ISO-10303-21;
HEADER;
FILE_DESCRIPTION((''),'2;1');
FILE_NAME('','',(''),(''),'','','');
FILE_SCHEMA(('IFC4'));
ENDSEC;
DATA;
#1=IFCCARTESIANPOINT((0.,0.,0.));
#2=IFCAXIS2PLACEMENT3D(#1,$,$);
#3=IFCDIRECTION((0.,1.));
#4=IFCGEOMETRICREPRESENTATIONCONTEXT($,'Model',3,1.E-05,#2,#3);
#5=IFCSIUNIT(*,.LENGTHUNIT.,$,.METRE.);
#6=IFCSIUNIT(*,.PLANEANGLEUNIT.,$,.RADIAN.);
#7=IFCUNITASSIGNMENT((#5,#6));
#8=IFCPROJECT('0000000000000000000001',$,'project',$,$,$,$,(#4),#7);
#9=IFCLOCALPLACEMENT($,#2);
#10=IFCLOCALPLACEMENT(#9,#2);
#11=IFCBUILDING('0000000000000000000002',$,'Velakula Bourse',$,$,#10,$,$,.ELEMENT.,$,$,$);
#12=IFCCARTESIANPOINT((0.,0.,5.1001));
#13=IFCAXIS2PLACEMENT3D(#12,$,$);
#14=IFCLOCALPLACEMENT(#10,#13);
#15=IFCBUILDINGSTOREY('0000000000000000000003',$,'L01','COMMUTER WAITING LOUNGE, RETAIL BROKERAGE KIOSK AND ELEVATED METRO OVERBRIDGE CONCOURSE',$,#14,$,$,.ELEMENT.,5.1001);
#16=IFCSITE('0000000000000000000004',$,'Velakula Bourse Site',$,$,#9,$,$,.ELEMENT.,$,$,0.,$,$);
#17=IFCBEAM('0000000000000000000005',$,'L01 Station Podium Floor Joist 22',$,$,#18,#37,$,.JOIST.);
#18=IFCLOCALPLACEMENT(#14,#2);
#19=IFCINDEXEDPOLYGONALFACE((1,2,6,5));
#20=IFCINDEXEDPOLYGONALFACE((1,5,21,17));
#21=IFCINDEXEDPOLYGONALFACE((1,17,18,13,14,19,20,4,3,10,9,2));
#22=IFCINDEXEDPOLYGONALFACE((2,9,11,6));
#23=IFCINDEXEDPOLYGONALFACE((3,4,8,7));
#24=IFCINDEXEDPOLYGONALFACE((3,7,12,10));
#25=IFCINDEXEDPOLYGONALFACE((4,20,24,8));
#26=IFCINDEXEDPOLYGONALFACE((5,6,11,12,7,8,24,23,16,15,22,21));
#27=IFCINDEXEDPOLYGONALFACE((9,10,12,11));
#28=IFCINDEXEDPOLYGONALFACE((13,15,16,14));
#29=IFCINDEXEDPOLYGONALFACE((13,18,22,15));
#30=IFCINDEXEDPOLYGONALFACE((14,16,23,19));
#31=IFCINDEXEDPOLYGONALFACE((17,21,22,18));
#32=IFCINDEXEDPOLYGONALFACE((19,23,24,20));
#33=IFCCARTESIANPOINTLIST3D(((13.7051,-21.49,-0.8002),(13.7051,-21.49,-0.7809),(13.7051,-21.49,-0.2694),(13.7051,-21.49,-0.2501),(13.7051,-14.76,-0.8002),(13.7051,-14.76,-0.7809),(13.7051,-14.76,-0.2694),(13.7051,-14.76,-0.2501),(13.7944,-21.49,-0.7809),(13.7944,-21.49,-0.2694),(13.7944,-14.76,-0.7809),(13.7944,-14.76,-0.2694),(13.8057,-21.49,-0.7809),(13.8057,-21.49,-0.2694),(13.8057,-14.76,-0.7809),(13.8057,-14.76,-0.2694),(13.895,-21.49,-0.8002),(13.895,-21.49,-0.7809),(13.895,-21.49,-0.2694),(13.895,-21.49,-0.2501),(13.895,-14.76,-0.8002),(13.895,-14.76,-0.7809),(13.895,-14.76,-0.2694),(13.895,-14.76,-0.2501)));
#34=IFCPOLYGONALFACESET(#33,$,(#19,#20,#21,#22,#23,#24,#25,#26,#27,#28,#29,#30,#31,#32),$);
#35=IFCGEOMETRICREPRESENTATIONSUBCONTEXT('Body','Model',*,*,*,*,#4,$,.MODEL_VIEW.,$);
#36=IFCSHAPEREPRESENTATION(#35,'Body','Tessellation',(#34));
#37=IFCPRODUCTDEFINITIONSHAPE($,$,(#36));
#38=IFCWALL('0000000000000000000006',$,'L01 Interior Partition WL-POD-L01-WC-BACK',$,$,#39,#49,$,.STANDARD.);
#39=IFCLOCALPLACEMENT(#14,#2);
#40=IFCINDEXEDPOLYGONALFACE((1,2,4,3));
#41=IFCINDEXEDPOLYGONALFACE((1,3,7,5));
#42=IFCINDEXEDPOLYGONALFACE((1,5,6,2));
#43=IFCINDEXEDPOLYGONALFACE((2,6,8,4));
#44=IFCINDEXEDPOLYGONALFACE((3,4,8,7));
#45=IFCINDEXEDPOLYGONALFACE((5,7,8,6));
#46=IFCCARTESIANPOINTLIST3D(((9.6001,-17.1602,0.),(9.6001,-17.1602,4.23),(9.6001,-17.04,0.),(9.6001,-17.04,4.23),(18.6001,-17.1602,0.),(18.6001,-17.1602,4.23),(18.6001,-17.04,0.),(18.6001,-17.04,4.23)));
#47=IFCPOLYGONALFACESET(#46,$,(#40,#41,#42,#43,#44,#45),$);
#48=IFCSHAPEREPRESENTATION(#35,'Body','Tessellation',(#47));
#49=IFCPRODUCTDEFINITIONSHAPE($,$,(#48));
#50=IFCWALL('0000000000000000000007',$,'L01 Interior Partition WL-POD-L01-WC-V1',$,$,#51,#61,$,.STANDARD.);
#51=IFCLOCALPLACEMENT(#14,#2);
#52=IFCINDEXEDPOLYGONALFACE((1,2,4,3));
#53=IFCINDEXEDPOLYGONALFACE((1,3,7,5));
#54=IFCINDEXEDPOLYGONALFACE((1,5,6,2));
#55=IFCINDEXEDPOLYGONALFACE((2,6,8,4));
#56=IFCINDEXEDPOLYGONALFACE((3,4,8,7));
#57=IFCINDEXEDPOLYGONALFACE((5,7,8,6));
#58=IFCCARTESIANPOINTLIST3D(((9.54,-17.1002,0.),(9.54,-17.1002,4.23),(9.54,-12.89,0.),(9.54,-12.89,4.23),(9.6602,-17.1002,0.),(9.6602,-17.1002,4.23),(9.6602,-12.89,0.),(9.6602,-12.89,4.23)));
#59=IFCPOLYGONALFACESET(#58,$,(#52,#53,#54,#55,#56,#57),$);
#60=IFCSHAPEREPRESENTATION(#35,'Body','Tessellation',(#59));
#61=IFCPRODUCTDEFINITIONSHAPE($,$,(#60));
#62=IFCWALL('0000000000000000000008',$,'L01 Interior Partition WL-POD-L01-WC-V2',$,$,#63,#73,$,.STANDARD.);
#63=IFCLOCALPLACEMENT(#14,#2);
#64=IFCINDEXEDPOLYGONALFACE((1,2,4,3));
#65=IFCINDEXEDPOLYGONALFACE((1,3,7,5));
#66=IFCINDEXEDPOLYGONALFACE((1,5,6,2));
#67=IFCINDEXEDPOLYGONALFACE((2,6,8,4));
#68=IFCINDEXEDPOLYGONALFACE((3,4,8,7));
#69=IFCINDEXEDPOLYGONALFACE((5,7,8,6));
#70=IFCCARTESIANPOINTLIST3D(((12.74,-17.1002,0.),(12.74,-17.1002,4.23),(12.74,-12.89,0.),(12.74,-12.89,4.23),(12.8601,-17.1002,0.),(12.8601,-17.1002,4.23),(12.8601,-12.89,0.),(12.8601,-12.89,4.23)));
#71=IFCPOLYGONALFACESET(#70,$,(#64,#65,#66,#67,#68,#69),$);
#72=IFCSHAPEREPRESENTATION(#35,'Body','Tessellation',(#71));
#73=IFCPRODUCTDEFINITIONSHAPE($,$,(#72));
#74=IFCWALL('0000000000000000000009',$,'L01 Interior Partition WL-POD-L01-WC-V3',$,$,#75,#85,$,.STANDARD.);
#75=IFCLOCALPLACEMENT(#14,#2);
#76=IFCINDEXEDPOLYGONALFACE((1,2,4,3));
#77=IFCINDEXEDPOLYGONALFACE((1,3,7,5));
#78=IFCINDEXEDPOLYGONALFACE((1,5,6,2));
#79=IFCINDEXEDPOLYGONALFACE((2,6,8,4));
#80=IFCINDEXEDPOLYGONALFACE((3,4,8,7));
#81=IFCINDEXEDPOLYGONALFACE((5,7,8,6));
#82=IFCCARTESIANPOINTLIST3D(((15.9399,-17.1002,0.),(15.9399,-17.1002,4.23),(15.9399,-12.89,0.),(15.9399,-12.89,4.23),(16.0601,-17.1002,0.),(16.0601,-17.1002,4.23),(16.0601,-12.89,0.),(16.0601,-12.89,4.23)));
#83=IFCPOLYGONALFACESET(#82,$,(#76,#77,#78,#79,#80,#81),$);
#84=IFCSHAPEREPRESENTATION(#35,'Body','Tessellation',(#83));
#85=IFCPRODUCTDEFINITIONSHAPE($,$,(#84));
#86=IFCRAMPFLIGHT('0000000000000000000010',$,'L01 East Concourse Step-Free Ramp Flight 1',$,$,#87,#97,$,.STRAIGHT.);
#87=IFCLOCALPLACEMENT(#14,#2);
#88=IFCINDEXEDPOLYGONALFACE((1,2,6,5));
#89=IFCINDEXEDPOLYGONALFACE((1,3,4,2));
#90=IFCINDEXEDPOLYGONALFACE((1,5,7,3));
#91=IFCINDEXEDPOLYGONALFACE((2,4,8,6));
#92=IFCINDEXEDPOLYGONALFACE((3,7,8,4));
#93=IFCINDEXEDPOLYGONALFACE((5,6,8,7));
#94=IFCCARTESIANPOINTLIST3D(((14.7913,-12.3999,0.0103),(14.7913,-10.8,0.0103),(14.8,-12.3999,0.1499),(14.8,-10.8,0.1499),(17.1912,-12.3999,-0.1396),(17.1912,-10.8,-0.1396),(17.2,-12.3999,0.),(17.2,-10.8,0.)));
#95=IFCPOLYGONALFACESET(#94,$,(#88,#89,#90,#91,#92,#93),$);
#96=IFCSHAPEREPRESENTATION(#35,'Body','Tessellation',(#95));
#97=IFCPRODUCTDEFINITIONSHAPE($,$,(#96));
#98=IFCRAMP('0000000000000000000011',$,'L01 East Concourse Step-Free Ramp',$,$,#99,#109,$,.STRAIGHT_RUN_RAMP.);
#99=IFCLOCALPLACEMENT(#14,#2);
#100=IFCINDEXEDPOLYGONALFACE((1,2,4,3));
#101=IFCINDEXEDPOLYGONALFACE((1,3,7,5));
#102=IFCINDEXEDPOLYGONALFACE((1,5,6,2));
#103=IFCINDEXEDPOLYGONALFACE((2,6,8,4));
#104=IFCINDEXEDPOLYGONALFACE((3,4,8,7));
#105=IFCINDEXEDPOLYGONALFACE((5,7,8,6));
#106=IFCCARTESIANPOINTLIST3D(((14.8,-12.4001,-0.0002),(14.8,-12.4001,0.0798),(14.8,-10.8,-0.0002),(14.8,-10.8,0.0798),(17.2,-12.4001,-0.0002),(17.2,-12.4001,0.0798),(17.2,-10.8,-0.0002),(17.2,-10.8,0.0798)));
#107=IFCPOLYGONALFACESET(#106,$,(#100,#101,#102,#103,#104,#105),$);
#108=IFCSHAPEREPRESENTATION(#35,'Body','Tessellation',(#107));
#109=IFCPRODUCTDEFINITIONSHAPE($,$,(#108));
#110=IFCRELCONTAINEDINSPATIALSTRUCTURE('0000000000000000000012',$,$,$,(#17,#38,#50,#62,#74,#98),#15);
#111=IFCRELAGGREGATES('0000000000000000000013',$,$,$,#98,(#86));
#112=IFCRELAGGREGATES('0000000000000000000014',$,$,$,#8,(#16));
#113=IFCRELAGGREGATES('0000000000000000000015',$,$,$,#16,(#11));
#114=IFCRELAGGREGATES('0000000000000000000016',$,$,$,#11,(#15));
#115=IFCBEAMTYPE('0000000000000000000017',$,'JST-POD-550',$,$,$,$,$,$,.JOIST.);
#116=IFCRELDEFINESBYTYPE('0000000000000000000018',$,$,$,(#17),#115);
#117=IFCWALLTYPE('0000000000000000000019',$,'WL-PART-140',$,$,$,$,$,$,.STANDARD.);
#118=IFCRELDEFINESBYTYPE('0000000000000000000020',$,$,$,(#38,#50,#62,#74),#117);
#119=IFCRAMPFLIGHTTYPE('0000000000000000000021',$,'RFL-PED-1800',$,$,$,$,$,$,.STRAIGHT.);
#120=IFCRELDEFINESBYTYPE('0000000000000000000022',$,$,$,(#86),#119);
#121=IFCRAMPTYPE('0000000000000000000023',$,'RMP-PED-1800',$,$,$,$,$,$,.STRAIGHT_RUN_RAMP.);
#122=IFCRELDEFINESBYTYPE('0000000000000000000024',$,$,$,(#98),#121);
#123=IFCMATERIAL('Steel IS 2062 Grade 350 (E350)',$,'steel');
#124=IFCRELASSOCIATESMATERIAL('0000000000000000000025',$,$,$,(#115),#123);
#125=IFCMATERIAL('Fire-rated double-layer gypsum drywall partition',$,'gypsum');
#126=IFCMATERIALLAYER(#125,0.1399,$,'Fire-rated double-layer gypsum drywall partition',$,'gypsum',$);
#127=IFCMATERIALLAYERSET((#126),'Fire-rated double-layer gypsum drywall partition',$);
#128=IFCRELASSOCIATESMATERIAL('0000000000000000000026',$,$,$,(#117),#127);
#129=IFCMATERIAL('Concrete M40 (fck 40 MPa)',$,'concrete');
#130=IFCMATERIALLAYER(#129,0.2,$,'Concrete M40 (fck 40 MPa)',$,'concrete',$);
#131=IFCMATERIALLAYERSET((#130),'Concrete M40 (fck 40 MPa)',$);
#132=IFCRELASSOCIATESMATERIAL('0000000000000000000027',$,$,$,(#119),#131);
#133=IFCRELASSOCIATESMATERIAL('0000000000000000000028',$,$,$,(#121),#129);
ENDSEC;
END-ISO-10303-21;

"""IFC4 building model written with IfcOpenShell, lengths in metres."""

from ifc_helpers import new_model, si_unit, direction, frame, frame_2d, origin, origin_2d, place, context, subcontext, project, spatial, polyline, rectangle, i_section, outline, extrude, material, layer, layer_set, material_profile, profile_set, type_object, element, aggregate, save


model = new_model("IFC4")

# Units and contexts
model_context = context("Model", 3, precision=1e-05, world=origin(), true_north=direction((0.0, 1.0)))
body_context = subcontext(model_context, "Body", "Model", "MODEL_VIEW")
ifc_project = project(units=[si_unit("LENGTHUNIT", "METRE"), si_unit("PLANEANGLEUNIT", "RADIAN")], contexts=[model_context])

# Site, building, storey
site_placement = place(None, origin())
site = spatial("IfcSite", under=ifc_project, at=site_placement, Name="Velakula Bourse Site", CompositionType="ELEMENT", RefElevation=0.0)
building_placement = place(site_placement, origin())
building = spatial("IfcBuilding", under=site, at=building_placement, Name="Velakula Bourse", CompositionType="ELEMENT")
storey_placement = place(building_placement, frame((0.0, 0.0, 5.1001)))
storey = spatial("IfcBuildingStorey", under=building, at=storey_placement, Name="L01", Description="COMMUTER WAITING LOUNGE, RETAIL BROKERAGE KIOSK AND ELEVATED METRO OVERBRIDGE CONCOURSE", CompositionType="ELEMENT", Elevation=5.1001)

# Beam
ifc_material_1 = material(Name="Steel IS 2062 Grade 350 (E350)", Category="steel")
ifc_material_profile_1 = material_profile(ifc_material_1, i_section(OverallWidth=0.1899, OverallDepth=0.55, WebThickness=0.0112, FlangeThickness=0.0193, at=origin_2d()), Name="Steel IS 2062 Grade 350 (E350)")
ifc_profile_set_1 = profile_set([ifc_material_profile_1], Name="Steel IS 2062 Grade 350 (E350)")
beam_type_1 = type_object("IfcBeamType", Name="JST-POD-550", PredefinedType="JOIST", material=ifc_profile_set_1)
for number, where, z_axis, x_axis, name in (
    (1, (13.8, -21.49, -0.5251), (0.0, 1.0, 0.0), (-1.0, 0.0, 0.0), "L01 Station Podium Floor Joist 22"),
):
    element("IfcBeam", number, at=place(storey_placement, frame(where, z_axis=z_axis, x_axis=x_axis)), inside=storey, type_object=beam_type_1, Name=name, PredefinedType="JOIST", context=body_context, shape_type="SweptSolid", body=[
        extrude(i_section(OverallWidth=0.1899, OverallDepth=0.55, WebThickness=0.0112, FlangeThickness=0.0193, at=origin_2d()), origin(), (0.0, 0.0, 1.0), 6.73),
    ])

# Walls
ifc_material_2 = material(Name="Fire-rated double-layer gypsum drywall partition", Category="gypsum")
ifc_layer_1 = layer(ifc_material_2, 0.1399, Name="Fire-rated double-layer gypsum drywall partition", Category="gypsum")
ifc_layer_set_1 = layer_set([ifc_layer_1], Name="Fire-rated double-layer gypsum drywall partition")
wall_type = type_object("IfcWallType", Name="WL-PART-140", PredefinedType="STANDARD", material=ifc_layer_set_1)
wall_placement = place(storey_placement, frame((9.6001, -17.1001, 0.0), z_axis=(0.0, 0.0, 1.0), x_axis=(1.0, 0.0, 0.0)))
element("IfcWall", 2, at=wall_placement, inside=storey, type_object=wall_type, Name="L01 Interior Partition WL-POD-L01-WC-BACK", PredefinedType="STANDARD", context=body_context, shape_type="SweptSolid", body=[
    extrude(rectangle(XDim=9.0, YDim=0.1201, at=frame_2d((4.5, 0.0))), origin(), (0.0, 0.0, 1.0), 4.23),
])
for number, where, z_axis, x_axis, name in (
    (3, (9.6001, -17.1001, 0.0), (0.0, 0.0, 1.0), (0.0, 1.0, 0.0), "L01 Interior Partition WL-POD-L01-WC-V1"),
    (4, (12.8, -17.1001, 0.0), (0.0, 0.0, 1.0), (0.0, 1.0, 0.0), "L01 Interior Partition WL-POD-L01-WC-V2"),
    (5, (16.0, -17.1001, 0.0), (0.0, 0.0, 1.0), (0.0, 1.0, 0.0), "L01 Interior Partition WL-POD-L01-WC-V3"),
):
    element("IfcWall", number, at=place(storey_placement, frame(where, z_axis=z_axis, x_axis=x_axis)), inside=storey, type_object=wall_type, Name=name, PredefinedType="STANDARD", context=body_context, shape_type="SweptSolid", body=[
        extrude(rectangle(XDim=4.2102, YDim=0.1201, at=frame_2d((2.105, 0.0))), origin(), (0.0, 0.0, 1.0), 4.23),
    ])

# Ramp flight
ifc_material_3 = material(Name="Concrete M40 (fck 40 MPa)", Category="concrete")
ifc_layer_2 = layer(ifc_material_3, 0.2, Name="Concrete M40 (fck 40 MPa)", Category="concrete")
ifc_layer_set_2 = layer_set([ifc_layer_2], Name="Concrete M40 (fck 40 MPa)")
ramp_flight_type = type_object("IfcRampFlightType", Name="RFL-PED-1800", PredefinedType="STRAIGHT", material=ifc_layer_set_2)
ramp_flight_placement = place(storey_placement, frame((14.8, -12.3999, 0.1499), z_axis=(0.06234, 0.0, 0.998055), x_axis=(0.998055, 0.0, -0.06234)))
ramp_flight = element("IfcRampFlight", 6, at=ramp_flight_placement, type_object=ramp_flight_type, Name="L01 East Concourse Step-Free Ramp Flight 1", PredefinedType="STRAIGHT", context=body_context, shape_type="SweptSolid", body=[
    extrude(outline(polyline([(0.0, 0.0), (2.4046, 0.0), (2.4046, 1.5999), (0.0, 1.5999), (0.0, 0.0)])), origin(), (0.0, 0.0, -1.0), 0.1399),
])

# Ramp
ramp_type = type_object("IfcRampType", Name="RMP-PED-1800", PredefinedType="STRAIGHT_RUN_RAMP", material=ifc_material_3)
ramp_placement = place(storey_placement, frame((16.0, -11.6001, -0.0002), z_axis=(0.0, 0.0, 1.0), x_axis=(1.0, 0.0, 0.0)))
ramp = element("IfcRamp", 7, at=ramp_placement, inside=storey, type_object=ramp_type, Name="L01 East Concourse Step-Free Ramp", PredefinedType="STRAIGHT_RUN_RAMP", context=body_context, shape_type="SweptSolid", body=[
    extrude(rectangle(XDim=2.3999, YDim=1.6001, at=origin_2d()), origin(), (0.0, 0.0, 1.0), 0.0801),
])
aggregate(ramp, [ramp_flight])

save(model, "model.ifc")
